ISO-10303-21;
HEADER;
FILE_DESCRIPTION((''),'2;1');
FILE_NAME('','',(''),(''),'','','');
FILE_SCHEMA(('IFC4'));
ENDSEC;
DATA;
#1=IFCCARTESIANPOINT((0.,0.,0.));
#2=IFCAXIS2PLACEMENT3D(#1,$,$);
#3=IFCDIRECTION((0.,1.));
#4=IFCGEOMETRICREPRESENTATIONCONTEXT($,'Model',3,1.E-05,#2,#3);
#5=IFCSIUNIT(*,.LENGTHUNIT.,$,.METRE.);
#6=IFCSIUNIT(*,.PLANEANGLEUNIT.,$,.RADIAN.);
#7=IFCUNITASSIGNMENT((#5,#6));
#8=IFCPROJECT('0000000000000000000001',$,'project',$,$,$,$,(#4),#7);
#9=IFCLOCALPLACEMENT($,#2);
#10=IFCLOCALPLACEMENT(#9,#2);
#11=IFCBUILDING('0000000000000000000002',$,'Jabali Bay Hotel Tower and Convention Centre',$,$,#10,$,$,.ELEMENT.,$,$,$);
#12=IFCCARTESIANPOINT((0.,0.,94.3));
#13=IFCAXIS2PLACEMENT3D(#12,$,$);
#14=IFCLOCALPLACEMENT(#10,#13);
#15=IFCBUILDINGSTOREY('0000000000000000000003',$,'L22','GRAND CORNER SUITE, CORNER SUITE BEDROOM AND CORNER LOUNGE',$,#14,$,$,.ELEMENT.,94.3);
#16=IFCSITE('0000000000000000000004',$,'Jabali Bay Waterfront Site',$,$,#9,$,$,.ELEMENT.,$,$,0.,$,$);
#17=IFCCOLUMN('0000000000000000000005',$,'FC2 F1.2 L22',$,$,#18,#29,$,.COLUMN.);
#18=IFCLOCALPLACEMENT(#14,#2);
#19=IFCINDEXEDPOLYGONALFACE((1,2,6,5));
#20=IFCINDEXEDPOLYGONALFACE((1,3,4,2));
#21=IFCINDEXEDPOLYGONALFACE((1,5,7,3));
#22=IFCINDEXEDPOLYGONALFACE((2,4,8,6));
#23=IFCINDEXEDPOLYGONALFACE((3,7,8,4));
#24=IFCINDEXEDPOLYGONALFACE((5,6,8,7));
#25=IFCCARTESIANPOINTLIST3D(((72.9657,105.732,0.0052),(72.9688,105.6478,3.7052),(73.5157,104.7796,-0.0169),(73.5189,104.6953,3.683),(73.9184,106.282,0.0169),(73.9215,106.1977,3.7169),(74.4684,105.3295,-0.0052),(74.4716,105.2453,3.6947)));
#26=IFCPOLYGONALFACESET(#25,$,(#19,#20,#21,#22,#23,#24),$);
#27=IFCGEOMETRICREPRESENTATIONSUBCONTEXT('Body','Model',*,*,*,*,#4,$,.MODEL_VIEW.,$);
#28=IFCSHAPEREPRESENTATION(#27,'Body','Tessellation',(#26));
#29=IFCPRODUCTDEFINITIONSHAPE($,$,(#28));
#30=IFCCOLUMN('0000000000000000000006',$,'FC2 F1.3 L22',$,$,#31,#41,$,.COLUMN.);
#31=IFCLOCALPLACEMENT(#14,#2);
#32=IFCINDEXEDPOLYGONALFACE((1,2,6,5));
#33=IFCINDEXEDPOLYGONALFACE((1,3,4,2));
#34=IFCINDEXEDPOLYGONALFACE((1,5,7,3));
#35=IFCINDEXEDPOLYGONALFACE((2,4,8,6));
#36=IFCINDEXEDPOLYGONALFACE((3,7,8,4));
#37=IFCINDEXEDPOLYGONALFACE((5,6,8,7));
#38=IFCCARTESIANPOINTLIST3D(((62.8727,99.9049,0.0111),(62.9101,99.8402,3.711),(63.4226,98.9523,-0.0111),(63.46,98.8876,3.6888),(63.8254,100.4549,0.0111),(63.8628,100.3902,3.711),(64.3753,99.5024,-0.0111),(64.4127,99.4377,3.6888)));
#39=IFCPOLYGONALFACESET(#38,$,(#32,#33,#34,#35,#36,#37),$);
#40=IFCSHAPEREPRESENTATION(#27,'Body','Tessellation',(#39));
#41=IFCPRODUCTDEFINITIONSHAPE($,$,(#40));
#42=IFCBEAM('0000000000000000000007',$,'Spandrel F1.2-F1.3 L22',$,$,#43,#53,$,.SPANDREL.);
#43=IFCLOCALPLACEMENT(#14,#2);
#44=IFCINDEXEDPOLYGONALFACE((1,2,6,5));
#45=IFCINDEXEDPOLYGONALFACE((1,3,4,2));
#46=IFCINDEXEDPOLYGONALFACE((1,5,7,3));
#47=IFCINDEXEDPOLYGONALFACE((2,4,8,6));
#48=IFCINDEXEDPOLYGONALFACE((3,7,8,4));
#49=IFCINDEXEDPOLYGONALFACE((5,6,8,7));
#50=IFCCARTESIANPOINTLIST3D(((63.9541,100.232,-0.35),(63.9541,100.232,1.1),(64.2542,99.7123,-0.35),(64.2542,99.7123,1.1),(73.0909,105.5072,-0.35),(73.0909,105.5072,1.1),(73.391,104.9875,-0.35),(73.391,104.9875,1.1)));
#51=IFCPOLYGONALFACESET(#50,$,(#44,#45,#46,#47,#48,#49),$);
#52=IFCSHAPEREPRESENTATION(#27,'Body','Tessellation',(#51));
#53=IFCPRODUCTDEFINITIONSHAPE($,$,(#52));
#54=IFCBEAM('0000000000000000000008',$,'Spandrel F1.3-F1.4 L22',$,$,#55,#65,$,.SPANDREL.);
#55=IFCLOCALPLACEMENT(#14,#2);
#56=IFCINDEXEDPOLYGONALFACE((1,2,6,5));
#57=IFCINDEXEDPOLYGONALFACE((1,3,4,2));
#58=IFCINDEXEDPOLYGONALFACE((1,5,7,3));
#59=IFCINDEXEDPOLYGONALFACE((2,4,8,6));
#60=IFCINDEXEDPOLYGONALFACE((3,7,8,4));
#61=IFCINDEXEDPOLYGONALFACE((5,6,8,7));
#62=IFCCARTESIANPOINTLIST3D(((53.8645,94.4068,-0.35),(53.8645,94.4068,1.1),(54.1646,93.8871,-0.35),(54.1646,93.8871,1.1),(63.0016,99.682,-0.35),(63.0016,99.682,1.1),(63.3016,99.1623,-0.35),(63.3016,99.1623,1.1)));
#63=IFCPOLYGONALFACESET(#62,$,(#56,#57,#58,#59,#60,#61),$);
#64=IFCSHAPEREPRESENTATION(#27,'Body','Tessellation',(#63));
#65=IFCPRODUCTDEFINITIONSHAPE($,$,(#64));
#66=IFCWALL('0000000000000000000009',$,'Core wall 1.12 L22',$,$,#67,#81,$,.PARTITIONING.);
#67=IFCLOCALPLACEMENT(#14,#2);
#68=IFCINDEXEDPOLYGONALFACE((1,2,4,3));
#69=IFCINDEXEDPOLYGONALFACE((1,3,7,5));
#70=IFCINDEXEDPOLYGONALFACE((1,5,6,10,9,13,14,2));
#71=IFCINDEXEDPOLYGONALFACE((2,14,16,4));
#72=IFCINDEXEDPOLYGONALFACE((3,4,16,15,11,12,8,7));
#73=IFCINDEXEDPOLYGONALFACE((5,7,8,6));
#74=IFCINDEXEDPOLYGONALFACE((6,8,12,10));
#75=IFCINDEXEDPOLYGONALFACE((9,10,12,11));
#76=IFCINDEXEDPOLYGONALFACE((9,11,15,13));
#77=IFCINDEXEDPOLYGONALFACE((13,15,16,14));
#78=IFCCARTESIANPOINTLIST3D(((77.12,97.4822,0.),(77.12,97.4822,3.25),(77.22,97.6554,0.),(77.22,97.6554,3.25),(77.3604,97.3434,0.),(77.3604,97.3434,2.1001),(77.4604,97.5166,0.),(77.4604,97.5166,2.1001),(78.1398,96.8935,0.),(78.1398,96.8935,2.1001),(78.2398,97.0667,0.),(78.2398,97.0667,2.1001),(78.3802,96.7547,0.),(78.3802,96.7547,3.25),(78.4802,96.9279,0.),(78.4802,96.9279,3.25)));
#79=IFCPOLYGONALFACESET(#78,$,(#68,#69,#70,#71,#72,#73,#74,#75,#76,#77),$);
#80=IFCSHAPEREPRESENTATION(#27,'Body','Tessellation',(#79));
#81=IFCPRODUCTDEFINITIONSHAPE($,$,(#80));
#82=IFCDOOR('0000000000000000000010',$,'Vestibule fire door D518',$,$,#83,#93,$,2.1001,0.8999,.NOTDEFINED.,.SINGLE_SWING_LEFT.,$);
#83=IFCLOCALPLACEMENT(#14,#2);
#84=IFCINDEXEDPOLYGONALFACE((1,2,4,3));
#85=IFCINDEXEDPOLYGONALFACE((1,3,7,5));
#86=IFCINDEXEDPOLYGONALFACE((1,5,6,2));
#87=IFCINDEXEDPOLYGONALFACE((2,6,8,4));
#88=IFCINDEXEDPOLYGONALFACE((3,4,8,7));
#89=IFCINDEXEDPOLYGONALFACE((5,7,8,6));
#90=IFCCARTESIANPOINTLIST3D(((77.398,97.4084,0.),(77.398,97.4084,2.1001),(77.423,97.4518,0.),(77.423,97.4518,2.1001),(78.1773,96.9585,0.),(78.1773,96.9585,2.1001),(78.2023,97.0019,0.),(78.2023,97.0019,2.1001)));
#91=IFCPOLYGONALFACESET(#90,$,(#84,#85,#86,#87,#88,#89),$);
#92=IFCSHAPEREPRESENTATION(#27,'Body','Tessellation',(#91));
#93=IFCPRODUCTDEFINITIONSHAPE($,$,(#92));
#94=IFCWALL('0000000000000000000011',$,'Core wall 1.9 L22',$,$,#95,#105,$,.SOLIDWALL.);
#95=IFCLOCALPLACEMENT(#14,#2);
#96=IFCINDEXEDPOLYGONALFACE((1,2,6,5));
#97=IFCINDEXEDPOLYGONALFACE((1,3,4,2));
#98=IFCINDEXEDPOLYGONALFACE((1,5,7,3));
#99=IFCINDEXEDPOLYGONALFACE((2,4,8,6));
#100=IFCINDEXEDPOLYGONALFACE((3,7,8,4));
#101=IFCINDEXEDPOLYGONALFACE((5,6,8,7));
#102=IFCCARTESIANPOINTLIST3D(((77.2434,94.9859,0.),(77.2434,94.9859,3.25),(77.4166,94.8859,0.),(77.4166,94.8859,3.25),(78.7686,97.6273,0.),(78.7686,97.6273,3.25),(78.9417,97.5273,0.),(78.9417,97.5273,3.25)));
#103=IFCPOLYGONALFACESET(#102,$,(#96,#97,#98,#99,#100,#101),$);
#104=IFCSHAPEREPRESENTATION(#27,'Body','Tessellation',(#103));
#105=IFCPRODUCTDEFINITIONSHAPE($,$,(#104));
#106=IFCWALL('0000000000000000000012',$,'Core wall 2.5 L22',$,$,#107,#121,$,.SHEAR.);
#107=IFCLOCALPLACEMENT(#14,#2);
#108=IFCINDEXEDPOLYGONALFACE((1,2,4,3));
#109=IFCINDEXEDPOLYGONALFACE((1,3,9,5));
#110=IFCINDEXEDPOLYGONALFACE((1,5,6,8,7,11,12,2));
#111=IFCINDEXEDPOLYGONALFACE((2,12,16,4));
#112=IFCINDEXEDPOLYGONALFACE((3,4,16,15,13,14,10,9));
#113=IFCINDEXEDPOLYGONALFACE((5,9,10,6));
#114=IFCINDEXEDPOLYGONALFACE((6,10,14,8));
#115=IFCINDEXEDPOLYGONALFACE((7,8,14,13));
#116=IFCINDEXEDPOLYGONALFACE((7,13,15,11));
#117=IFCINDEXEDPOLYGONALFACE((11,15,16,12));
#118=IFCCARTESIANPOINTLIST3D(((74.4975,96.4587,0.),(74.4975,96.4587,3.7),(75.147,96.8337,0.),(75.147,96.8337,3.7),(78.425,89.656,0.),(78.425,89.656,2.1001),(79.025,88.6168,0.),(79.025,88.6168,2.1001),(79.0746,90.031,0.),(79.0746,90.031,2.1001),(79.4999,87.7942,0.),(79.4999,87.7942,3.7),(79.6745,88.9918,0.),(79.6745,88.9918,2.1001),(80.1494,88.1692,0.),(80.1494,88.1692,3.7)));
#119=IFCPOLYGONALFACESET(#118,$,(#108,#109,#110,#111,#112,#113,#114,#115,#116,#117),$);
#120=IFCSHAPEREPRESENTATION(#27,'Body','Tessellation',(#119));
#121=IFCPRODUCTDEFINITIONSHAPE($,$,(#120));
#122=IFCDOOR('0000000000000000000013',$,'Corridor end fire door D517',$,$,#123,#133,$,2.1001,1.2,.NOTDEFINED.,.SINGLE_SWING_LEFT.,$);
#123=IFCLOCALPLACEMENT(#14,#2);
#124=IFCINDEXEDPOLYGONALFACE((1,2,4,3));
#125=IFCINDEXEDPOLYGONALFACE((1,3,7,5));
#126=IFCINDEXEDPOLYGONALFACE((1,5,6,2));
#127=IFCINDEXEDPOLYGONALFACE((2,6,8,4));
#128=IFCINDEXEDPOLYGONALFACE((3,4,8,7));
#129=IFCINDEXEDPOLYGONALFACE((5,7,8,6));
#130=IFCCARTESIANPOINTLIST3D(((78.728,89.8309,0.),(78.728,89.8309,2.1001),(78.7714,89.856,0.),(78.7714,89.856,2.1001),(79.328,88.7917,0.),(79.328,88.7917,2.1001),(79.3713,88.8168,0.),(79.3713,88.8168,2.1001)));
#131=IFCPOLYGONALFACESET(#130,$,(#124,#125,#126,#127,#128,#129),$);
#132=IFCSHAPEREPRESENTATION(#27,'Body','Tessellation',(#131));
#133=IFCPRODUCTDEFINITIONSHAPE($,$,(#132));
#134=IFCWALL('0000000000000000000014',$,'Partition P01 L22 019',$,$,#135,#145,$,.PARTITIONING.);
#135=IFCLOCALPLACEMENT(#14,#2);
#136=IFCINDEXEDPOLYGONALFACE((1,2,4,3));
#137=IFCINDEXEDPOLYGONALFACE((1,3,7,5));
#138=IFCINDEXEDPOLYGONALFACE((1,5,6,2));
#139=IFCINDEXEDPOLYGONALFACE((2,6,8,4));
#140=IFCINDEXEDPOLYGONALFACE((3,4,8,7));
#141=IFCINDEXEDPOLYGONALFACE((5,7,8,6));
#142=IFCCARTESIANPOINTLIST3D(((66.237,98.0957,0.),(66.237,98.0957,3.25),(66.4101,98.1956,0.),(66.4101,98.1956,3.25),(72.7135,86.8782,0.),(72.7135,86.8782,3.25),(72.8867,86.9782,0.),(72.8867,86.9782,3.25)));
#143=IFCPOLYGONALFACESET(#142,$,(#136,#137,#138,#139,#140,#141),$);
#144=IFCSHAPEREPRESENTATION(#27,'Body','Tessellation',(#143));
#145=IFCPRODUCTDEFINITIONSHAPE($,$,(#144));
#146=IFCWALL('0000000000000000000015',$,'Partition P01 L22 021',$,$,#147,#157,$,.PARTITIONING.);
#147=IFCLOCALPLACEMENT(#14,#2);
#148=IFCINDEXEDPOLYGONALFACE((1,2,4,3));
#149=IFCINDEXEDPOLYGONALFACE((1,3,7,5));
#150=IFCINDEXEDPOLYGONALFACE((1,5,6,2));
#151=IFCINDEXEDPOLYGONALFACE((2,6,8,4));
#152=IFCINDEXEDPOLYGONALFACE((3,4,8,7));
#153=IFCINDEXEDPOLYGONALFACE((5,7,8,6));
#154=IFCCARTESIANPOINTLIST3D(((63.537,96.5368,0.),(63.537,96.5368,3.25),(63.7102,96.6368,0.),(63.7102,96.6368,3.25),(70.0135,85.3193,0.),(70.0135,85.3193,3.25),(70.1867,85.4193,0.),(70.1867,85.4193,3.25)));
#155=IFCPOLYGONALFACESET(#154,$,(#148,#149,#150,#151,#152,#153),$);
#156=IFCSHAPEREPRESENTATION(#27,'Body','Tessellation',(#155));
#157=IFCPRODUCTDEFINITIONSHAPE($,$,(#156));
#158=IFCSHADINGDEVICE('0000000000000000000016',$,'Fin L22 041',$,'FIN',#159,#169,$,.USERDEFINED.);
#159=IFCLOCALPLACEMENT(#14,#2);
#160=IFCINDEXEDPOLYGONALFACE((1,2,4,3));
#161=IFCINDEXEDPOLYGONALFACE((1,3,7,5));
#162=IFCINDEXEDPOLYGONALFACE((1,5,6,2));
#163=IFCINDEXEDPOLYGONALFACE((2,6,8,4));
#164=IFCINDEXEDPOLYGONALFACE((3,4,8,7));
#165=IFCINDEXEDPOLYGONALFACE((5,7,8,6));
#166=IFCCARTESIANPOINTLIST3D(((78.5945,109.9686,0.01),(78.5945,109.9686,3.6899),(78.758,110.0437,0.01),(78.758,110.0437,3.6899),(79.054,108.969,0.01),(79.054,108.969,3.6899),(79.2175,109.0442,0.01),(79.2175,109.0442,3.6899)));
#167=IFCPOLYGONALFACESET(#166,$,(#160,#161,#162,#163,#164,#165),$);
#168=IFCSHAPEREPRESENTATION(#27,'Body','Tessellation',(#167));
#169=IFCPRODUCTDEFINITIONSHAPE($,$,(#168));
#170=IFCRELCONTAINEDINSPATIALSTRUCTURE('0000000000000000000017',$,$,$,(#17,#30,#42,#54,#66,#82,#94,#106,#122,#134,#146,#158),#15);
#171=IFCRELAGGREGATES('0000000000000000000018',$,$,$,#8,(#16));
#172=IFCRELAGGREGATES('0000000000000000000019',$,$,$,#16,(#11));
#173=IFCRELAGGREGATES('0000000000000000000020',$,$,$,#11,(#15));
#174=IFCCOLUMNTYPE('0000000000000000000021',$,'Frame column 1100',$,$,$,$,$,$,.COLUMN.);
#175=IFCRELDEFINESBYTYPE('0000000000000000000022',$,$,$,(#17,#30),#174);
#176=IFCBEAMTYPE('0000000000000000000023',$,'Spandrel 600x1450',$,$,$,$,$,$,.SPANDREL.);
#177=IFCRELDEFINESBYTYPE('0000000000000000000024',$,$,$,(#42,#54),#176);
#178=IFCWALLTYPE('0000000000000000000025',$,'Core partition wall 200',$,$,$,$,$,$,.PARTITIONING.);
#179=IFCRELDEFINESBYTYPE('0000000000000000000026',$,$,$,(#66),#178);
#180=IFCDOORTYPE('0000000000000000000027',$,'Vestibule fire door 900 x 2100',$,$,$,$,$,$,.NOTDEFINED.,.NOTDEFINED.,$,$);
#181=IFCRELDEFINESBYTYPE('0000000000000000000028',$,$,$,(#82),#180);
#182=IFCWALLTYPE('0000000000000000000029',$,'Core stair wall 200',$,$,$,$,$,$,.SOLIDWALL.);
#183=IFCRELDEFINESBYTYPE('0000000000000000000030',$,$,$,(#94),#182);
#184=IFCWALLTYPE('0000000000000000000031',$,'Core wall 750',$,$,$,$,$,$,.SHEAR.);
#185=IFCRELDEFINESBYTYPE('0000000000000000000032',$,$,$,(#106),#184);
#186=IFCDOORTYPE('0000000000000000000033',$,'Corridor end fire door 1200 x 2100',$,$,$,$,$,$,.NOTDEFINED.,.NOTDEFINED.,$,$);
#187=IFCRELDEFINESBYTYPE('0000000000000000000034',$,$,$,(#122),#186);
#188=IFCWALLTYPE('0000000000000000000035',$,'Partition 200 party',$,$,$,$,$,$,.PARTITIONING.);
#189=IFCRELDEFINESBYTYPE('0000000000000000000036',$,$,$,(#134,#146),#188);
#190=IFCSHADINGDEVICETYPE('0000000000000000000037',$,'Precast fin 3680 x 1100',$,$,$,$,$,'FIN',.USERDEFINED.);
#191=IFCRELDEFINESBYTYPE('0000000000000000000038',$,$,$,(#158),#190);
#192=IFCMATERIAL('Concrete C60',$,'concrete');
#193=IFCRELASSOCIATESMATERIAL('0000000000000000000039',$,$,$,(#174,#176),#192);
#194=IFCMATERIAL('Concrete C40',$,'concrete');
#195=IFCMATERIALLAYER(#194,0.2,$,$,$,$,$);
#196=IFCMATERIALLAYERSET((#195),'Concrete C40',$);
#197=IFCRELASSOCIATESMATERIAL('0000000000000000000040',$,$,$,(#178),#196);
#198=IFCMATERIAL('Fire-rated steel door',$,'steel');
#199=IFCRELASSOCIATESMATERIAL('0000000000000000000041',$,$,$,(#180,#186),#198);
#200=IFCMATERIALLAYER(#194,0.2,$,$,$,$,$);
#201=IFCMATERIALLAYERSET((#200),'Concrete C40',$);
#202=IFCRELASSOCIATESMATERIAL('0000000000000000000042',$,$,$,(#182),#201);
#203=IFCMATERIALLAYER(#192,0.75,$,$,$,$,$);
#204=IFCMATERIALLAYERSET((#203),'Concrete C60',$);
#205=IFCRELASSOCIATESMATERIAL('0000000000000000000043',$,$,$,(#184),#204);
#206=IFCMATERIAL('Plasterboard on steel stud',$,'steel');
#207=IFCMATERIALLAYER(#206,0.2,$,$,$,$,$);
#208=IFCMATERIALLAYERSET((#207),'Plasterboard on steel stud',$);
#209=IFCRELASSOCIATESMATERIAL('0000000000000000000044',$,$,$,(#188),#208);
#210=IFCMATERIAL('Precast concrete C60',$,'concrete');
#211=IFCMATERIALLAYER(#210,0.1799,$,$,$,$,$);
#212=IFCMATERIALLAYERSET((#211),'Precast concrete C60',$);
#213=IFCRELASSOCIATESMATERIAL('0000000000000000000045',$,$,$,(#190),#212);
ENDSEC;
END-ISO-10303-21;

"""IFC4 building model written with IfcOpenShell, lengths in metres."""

from ifc_helpers import new_model, si_unit, direction, frame, frame_2d, origin, origin_2d, place, context, subcontext, project, spatial, rectangle, extrude, material, layer, layer_set, material_profile, profile_set, type_object, element, fill, save


model = new_model("IFC4")

# Units and contexts
model_context = context("Model", 3, precision=1e-05, world=origin(), true_north=direction((0.0, 1.0)))
body_context = subcontext(model_context, "Body", "Model", "MODEL_VIEW")
ifc_project = project(units=[si_unit("LENGTHUNIT", "METRE"), si_unit("PLANEANGLEUNIT", "RADIAN")], contexts=[model_context])

# Site, building, storey
site_placement = place(None, origin())
site = spatial("IfcSite", under=ifc_project, at=site_placement, Name="Jabali Bay Waterfront Site", CompositionType="ELEMENT", RefElevation=0.0)
building_placement = place(site_placement, origin())
building = spatial("IfcBuilding", under=site, at=building_placement, Name="Jabali Bay Hotel Tower and Convention Centre", CompositionType="ELEMENT")
storey_placement = place(building_placement, frame((0.0, 0.0, 94.3)))
storey = spatial("IfcBuildingStorey", under=building, at=storey_placement, Name="L22", Description="GRAND CORNER SUITE, CORNER SUITE BEDROOM AND CORNER LOUNGE", CompositionType="ELEMENT", Elevation=94.3)

# Columns
ifc_material_1 = material(Name="Concrete C60", Category="concrete")
ifc_material_profile_1 = material_profile(ifc_material_1, rectangle(XDim=1.1001, YDim=1.1001, at=origin_2d()), Name="Frame column 1100")
ifc_profile_set_1 = profile_set([ifc_material_profile_1], Name="Concrete C60")
column_type = type_object("IfcColumnType", Name="Frame column 1100", PredefinedType="COLUMN", material=ifc_profile_set_1)
column_1_placement = place(storey_placement, frame((73.717, 105.5308, 0.0), z_axis=(0.000858, -0.022759, 0.999741), x_axis=(0.866012, 0.499911, 0.010637)))
element("IfcColumn", 1, at=column_1_placement, inside=storey, type_object=column_type, Name="FC2 F1.2 L22", PredefinedType="COLUMN", context=body_context, shape_type="SweptSolid", body=[
    extrude(rectangle(XDim=1.1001, YDim=1.1001, at=origin_2d()), origin(), (0.0, 0.0, 1.0), 3.7009),
])
column_2_placement = place(storey_placement, frame((63.624, 99.7036, 0.0), z_axis=(0.010094, -0.017482, 0.999796), x_axis=(-0.499887, 0.865855, 0.020187)))
element("IfcColumn", 2, at=column_2_placement, inside=storey, type_object=column_type, Name="FC2 F1.3 L22", PredefinedType="COLUMN", context=body_context, shape_type="SweptSolid", body=[
    extrude(rectangle(XDim=1.1001, YDim=1.1001, at=origin_2d()), origin(), (0.0, 0.0, 1.0), 3.7007),
])

# Beams
ifc_material_profile_2 = material_profile(ifc_material_1, rectangle(XDim=0.6001, YDim=1.45, at=origin_2d()), Name="Spandrel 600x1450")
ifc_profile_set_2 = profile_set([ifc_material_profile_2], Name="Concrete C60")
beam_type = type_object("IfcBeamType", Name="Spandrel 600x1450", PredefinedType="SPANDREL", material=ifc_profile_set_2)
beam_1_placement = place(storey_placement, frame((73.241, 105.2473, 0.375), z_axis=(-0.866023, -0.500004, 0.0), x_axis=(0.500004, -0.866023, 0.0)))
element("IfcBeam", 3, at=beam_1_placement, inside=storey, type_object=beam_type, Name="Spandrel F1.2-F1.3 L22", PredefinedType="SPANDREL", context=body_context, shape_type="SweptSolid", body=[
    extrude(rectangle(XDim=0.6001, YDim=1.45, at=origin_2d()), origin(), (0.0, 0.0, 1.0), 10.5503),
])
beam_2_placement = place(storey_placement, frame((63.1516, 99.4221, 0.375), z_axis=(-0.866029, -0.499994, 0.0), x_axis=(0.499994, -0.866029, 0.0)))
element("IfcBeam", 4, at=beam_2_placement, inside=storey, type_object=beam_type, Name="Spandrel F1.3-F1.4 L22", PredefinedType="SPANDREL", context=body_context, shape_type="SweptSolid", body=[
    extrude(rectangle(XDim=0.6001, YDim=1.45, at=origin_2d()), origin(), (0.0, 0.0, 1.0), 10.5505),
])

# Wall, opening, door
ifc_material_2 = material(Name="Concrete C40", Category="concrete")
ifc_layer_1 = layer(ifc_material_2, 0.2)
ifc_layer_set_1 = layer_set([ifc_layer_1], Name="Concrete C40")
wall_type_1 = type_object("IfcWallType", Name="Core partition wall 200", PredefinedType="PARTITIONING", material=ifc_layer_set_1)
wall_1_placement = place(storey_placement, frame((78.4302, 96.8413, 0.0), z_axis=(0.0, 0.0, 1.0), x_axis=(-0.866046, 0.499965, 0.0)))
wall_1 = element("IfcWall", 5, at=wall_1_placement, inside=storey, type_object=wall_type_1, Name="Core wall 1.12 L22", PredefinedType="PARTITIONING", context=body_context, shape_type="SweptSolid", body=[
    extrude(rectangle(XDim=1.4551, YDim=0.2, at=frame_2d((0.7275, 0.0))), origin(), (0.0, 0.0, 1.0), 3.25),
])
opening_1_placement = place(wall_1_placement, frame((0.2776, 0.0, 0.0)))
opening_1 = element("IfcOpeningElement", 6, at=opening_1_placement, cuts=wall_1, PredefinedType="OPENING", context=body_context, shape_type="SweptSolid", body=[
    extrude(rectangle(XDim=0.8999, YDim=2.1001, at=frame_2d((0.45, 1.05))), frame((0.0, 0.1104, 0.0), z_axis=(0.0, -1.0, 0.0), x_axis=(1.0, 0.0, 0.0)), (0.0, 0.0, 1.0), 0.2209),
])
ifc_material_3 = material(Name="Fire-rated steel door", Category="steel")
door_type_1 = type_object("IfcDoorType", Name="Vestibule fire door 900 x 2100", OperationType="NOTDEFINED", PredefinedType="NOTDEFINED", material=ifc_material_3)
door_1_placement = place(opening_1_placement, origin())
door_1 = element("IfcDoor", 7, at=door_1_placement, inside=storey, type_object=door_type_1, Name="Vestibule fire door D518", OperationType="SINGLE_SWING_LEFT", OverallHeight=2.1001, OverallWidth=0.8999, PredefinedType="NOTDEFINED", context=body_context, shape_type="SweptSolid", body=[
    extrude(rectangle(XDim=0.8999, YDim=2.1001, at=frame_2d((0.45, 1.05))), frame((0.0, 0.0249, 0.0), z_axis=(0.0, -1.0, 0.0), x_axis=(1.0, 0.0, 0.0)), (0.0, 0.0, 1.0), 0.05),
])
fill(opening_1, door_1)

# Wall
ifc_layer_2 = layer(ifc_material_2, 0.2)
ifc_layer_set_2 = layer_set([ifc_layer_2], Name="Concrete C40")
wall_type_2 = type_object("IfcWallType", Name="Core stair wall 200", PredefinedType="SOLIDWALL", material=ifc_layer_set_2)
wall_2_placement = place(storey_placement, frame((77.3301, 94.936, 0.0), z_axis=(0.0, 0.0, 1.0), x_axis=(0.500039, 0.866003, 0.0)))
element("IfcWall", 8, at=wall_2_placement, inside=storey, type_object=wall_type_2, Name="Core wall 1.9 L22", PredefinedType="SOLIDWALL", context=body_context, shape_type="SweptSolid", body=[
    extrude(rectangle(XDim=3.05, YDim=0.2, at=frame_2d((1.5249, 0.0))), origin(), (0.0, 0.0, 1.0), 3.25),
])

# Wall, opening, door
ifc_layer_3 = layer(ifc_material_1, 0.75)
ifc_layer_set_3 = layer_set([ifc_layer_3], Name="Concrete C60")
wall_type_3 = type_object("IfcWallType", Name="Core wall 750", PredefinedType="SHEAR", material=ifc_layer_set_3)
wall_3_placement = place(storey_placement, frame((74.8223, 96.6462, 0.0), z_axis=(0.0, 0.0, 1.0), x_axis=(0.499997, -0.866027, 0.0)))
wall_3 = element("IfcWall", 9, at=wall_3_placement, inside=storey, type_object=wall_type_3, Name="Core wall 2.5 L22", PredefinedType="SHEAR", context=body_context, shape_type="SweptSolid", body=[
    extrude(rectangle(XDim=10.0049, YDim=0.75, at=frame_2d((5.0024, 0.0))), origin(), (0.0, 0.0, 1.0), 3.7),
])
opening_2_placement = place(wall_3_placement, frame((7.855, 0.0, 0.0)))
opening_2 = element("IfcOpeningElement", 10, at=opening_2_placement, cuts=wall_3, PredefinedType="OPENING", context=body_context, shape_type="SweptSolid", body=[
    extrude(rectangle(XDim=1.2, YDim=2.1001, at=frame_2d((0.6001, 1.05))), frame((0.0, 0.3855, 0.0), z_axis=(0.0, -1.0, 0.0), x_axis=(1.0, 0.0, 0.0)), (0.0, 0.0, 1.0), 0.771),
])
door_type_2 = type_object("IfcDoorType", Name="Corridor end fire door 1200 x 2100", OperationType="NOTDEFINED", PredefinedType="NOTDEFINED", material=ifc_material_3)
door_2_placement = place(opening_2_placement, origin())
door_2 = element("IfcDoor", 11, at=door_2_placement, inside=storey, type_object=door_type_2, Name="Corridor end fire door D517", OperationType="SINGLE_SWING_LEFT", OverallHeight=2.1001, OverallWidth=1.2, PredefinedType="NOTDEFINED", context=body_context, shape_type="SweptSolid", body=[
    extrude(rectangle(XDim=1.2, YDim=2.1001, at=frame_2d((0.6001, 1.05))), frame((0.0, 0.0249, 0.0), z_axis=(0.0, -1.0, 0.0), x_axis=(1.0, 0.0, 0.0)), (0.0, 0.0, 1.0), 0.05),
])
fill(opening_2, door_2)

# Walls
ifc_material_4 = material(Name="Plasterboard on steel stud", Category="steel")
ifc_layer_4 = layer(ifc_material_4, 0.2)
ifc_layer_set_4 = layer_set([ifc_layer_4], Name="Plasterboard on steel stud")
wall_type_4 = type_object("IfcWallType", Name="Partition 200 party", PredefinedType="PARTITIONING", material=ifc_layer_set_4)
for number, where, z_axis, x_axis, name in (
    (12, (66.3235, 98.1458, 0.0), (0.0, 0.0, 1.0), (0.500007, -0.866021, 0.0), "Partition P01 L22 019"),
    (13, (63.6235, 96.5869, 0.0), (0.0, 0.0, 1.0), (0.500007, -0.866021, 0.0), "Partition P01 L22 021"),
):
    element("IfcWall", number, at=place(storey_placement, frame(where, z_axis=z_axis, x_axis=x_axis)), inside=storey, type_object=wall_type_4, Name=name, PredefinedType="PARTITIONING", context=body_context, shape_type="SweptSolid", body=[
        extrude(rectangle(XDim=12.9529, YDim=0.2, at=frame_2d((6.4766, 0.0))), origin(), (0.0, 0.0, 1.0), 3.25),
    ])

# Shading device
ifc_material_5 = material(Name="Precast concrete C60", Category="concrete")
ifc_layer_5 = layer(ifc_material_5, 0.1799)
ifc_layer_set_5 = layer_set([ifc_layer_5], Name="Precast concrete C60")
shading_device_type_1 = type_object("IfcShadingDeviceType", Name="Precast fin 3680 x 1100", ElementType="FIN", PredefinedType="USERDEFINED", material=ifc_layer_set_5)
for number, where, z_axis, x_axis, name in (
    (14, (79.1357, 109.0066, 0.01), (0.0, 0.0, 1.0), (-0.417678, 0.908595, 0.0), "Fin L22 041"),
):
    element("IfcShadingDevice", number, at=place(storey_placement, frame(where, z_axis=z_axis, x_axis=x_axis)), inside=storey, type_object=shading_device_type_1, Name=name, ObjectType="FIN", PredefinedType="USERDEFINED", context=body_context, shape_type="SweptSolid", body=[
        extrude(rectangle(XDim=1.1001, YDim=0.1799, at=frame_2d((0.55, 0.0))), origin(), (0.0, 0.0, 1.0), 3.6799),
    ])

save(model, "model.ifc")
